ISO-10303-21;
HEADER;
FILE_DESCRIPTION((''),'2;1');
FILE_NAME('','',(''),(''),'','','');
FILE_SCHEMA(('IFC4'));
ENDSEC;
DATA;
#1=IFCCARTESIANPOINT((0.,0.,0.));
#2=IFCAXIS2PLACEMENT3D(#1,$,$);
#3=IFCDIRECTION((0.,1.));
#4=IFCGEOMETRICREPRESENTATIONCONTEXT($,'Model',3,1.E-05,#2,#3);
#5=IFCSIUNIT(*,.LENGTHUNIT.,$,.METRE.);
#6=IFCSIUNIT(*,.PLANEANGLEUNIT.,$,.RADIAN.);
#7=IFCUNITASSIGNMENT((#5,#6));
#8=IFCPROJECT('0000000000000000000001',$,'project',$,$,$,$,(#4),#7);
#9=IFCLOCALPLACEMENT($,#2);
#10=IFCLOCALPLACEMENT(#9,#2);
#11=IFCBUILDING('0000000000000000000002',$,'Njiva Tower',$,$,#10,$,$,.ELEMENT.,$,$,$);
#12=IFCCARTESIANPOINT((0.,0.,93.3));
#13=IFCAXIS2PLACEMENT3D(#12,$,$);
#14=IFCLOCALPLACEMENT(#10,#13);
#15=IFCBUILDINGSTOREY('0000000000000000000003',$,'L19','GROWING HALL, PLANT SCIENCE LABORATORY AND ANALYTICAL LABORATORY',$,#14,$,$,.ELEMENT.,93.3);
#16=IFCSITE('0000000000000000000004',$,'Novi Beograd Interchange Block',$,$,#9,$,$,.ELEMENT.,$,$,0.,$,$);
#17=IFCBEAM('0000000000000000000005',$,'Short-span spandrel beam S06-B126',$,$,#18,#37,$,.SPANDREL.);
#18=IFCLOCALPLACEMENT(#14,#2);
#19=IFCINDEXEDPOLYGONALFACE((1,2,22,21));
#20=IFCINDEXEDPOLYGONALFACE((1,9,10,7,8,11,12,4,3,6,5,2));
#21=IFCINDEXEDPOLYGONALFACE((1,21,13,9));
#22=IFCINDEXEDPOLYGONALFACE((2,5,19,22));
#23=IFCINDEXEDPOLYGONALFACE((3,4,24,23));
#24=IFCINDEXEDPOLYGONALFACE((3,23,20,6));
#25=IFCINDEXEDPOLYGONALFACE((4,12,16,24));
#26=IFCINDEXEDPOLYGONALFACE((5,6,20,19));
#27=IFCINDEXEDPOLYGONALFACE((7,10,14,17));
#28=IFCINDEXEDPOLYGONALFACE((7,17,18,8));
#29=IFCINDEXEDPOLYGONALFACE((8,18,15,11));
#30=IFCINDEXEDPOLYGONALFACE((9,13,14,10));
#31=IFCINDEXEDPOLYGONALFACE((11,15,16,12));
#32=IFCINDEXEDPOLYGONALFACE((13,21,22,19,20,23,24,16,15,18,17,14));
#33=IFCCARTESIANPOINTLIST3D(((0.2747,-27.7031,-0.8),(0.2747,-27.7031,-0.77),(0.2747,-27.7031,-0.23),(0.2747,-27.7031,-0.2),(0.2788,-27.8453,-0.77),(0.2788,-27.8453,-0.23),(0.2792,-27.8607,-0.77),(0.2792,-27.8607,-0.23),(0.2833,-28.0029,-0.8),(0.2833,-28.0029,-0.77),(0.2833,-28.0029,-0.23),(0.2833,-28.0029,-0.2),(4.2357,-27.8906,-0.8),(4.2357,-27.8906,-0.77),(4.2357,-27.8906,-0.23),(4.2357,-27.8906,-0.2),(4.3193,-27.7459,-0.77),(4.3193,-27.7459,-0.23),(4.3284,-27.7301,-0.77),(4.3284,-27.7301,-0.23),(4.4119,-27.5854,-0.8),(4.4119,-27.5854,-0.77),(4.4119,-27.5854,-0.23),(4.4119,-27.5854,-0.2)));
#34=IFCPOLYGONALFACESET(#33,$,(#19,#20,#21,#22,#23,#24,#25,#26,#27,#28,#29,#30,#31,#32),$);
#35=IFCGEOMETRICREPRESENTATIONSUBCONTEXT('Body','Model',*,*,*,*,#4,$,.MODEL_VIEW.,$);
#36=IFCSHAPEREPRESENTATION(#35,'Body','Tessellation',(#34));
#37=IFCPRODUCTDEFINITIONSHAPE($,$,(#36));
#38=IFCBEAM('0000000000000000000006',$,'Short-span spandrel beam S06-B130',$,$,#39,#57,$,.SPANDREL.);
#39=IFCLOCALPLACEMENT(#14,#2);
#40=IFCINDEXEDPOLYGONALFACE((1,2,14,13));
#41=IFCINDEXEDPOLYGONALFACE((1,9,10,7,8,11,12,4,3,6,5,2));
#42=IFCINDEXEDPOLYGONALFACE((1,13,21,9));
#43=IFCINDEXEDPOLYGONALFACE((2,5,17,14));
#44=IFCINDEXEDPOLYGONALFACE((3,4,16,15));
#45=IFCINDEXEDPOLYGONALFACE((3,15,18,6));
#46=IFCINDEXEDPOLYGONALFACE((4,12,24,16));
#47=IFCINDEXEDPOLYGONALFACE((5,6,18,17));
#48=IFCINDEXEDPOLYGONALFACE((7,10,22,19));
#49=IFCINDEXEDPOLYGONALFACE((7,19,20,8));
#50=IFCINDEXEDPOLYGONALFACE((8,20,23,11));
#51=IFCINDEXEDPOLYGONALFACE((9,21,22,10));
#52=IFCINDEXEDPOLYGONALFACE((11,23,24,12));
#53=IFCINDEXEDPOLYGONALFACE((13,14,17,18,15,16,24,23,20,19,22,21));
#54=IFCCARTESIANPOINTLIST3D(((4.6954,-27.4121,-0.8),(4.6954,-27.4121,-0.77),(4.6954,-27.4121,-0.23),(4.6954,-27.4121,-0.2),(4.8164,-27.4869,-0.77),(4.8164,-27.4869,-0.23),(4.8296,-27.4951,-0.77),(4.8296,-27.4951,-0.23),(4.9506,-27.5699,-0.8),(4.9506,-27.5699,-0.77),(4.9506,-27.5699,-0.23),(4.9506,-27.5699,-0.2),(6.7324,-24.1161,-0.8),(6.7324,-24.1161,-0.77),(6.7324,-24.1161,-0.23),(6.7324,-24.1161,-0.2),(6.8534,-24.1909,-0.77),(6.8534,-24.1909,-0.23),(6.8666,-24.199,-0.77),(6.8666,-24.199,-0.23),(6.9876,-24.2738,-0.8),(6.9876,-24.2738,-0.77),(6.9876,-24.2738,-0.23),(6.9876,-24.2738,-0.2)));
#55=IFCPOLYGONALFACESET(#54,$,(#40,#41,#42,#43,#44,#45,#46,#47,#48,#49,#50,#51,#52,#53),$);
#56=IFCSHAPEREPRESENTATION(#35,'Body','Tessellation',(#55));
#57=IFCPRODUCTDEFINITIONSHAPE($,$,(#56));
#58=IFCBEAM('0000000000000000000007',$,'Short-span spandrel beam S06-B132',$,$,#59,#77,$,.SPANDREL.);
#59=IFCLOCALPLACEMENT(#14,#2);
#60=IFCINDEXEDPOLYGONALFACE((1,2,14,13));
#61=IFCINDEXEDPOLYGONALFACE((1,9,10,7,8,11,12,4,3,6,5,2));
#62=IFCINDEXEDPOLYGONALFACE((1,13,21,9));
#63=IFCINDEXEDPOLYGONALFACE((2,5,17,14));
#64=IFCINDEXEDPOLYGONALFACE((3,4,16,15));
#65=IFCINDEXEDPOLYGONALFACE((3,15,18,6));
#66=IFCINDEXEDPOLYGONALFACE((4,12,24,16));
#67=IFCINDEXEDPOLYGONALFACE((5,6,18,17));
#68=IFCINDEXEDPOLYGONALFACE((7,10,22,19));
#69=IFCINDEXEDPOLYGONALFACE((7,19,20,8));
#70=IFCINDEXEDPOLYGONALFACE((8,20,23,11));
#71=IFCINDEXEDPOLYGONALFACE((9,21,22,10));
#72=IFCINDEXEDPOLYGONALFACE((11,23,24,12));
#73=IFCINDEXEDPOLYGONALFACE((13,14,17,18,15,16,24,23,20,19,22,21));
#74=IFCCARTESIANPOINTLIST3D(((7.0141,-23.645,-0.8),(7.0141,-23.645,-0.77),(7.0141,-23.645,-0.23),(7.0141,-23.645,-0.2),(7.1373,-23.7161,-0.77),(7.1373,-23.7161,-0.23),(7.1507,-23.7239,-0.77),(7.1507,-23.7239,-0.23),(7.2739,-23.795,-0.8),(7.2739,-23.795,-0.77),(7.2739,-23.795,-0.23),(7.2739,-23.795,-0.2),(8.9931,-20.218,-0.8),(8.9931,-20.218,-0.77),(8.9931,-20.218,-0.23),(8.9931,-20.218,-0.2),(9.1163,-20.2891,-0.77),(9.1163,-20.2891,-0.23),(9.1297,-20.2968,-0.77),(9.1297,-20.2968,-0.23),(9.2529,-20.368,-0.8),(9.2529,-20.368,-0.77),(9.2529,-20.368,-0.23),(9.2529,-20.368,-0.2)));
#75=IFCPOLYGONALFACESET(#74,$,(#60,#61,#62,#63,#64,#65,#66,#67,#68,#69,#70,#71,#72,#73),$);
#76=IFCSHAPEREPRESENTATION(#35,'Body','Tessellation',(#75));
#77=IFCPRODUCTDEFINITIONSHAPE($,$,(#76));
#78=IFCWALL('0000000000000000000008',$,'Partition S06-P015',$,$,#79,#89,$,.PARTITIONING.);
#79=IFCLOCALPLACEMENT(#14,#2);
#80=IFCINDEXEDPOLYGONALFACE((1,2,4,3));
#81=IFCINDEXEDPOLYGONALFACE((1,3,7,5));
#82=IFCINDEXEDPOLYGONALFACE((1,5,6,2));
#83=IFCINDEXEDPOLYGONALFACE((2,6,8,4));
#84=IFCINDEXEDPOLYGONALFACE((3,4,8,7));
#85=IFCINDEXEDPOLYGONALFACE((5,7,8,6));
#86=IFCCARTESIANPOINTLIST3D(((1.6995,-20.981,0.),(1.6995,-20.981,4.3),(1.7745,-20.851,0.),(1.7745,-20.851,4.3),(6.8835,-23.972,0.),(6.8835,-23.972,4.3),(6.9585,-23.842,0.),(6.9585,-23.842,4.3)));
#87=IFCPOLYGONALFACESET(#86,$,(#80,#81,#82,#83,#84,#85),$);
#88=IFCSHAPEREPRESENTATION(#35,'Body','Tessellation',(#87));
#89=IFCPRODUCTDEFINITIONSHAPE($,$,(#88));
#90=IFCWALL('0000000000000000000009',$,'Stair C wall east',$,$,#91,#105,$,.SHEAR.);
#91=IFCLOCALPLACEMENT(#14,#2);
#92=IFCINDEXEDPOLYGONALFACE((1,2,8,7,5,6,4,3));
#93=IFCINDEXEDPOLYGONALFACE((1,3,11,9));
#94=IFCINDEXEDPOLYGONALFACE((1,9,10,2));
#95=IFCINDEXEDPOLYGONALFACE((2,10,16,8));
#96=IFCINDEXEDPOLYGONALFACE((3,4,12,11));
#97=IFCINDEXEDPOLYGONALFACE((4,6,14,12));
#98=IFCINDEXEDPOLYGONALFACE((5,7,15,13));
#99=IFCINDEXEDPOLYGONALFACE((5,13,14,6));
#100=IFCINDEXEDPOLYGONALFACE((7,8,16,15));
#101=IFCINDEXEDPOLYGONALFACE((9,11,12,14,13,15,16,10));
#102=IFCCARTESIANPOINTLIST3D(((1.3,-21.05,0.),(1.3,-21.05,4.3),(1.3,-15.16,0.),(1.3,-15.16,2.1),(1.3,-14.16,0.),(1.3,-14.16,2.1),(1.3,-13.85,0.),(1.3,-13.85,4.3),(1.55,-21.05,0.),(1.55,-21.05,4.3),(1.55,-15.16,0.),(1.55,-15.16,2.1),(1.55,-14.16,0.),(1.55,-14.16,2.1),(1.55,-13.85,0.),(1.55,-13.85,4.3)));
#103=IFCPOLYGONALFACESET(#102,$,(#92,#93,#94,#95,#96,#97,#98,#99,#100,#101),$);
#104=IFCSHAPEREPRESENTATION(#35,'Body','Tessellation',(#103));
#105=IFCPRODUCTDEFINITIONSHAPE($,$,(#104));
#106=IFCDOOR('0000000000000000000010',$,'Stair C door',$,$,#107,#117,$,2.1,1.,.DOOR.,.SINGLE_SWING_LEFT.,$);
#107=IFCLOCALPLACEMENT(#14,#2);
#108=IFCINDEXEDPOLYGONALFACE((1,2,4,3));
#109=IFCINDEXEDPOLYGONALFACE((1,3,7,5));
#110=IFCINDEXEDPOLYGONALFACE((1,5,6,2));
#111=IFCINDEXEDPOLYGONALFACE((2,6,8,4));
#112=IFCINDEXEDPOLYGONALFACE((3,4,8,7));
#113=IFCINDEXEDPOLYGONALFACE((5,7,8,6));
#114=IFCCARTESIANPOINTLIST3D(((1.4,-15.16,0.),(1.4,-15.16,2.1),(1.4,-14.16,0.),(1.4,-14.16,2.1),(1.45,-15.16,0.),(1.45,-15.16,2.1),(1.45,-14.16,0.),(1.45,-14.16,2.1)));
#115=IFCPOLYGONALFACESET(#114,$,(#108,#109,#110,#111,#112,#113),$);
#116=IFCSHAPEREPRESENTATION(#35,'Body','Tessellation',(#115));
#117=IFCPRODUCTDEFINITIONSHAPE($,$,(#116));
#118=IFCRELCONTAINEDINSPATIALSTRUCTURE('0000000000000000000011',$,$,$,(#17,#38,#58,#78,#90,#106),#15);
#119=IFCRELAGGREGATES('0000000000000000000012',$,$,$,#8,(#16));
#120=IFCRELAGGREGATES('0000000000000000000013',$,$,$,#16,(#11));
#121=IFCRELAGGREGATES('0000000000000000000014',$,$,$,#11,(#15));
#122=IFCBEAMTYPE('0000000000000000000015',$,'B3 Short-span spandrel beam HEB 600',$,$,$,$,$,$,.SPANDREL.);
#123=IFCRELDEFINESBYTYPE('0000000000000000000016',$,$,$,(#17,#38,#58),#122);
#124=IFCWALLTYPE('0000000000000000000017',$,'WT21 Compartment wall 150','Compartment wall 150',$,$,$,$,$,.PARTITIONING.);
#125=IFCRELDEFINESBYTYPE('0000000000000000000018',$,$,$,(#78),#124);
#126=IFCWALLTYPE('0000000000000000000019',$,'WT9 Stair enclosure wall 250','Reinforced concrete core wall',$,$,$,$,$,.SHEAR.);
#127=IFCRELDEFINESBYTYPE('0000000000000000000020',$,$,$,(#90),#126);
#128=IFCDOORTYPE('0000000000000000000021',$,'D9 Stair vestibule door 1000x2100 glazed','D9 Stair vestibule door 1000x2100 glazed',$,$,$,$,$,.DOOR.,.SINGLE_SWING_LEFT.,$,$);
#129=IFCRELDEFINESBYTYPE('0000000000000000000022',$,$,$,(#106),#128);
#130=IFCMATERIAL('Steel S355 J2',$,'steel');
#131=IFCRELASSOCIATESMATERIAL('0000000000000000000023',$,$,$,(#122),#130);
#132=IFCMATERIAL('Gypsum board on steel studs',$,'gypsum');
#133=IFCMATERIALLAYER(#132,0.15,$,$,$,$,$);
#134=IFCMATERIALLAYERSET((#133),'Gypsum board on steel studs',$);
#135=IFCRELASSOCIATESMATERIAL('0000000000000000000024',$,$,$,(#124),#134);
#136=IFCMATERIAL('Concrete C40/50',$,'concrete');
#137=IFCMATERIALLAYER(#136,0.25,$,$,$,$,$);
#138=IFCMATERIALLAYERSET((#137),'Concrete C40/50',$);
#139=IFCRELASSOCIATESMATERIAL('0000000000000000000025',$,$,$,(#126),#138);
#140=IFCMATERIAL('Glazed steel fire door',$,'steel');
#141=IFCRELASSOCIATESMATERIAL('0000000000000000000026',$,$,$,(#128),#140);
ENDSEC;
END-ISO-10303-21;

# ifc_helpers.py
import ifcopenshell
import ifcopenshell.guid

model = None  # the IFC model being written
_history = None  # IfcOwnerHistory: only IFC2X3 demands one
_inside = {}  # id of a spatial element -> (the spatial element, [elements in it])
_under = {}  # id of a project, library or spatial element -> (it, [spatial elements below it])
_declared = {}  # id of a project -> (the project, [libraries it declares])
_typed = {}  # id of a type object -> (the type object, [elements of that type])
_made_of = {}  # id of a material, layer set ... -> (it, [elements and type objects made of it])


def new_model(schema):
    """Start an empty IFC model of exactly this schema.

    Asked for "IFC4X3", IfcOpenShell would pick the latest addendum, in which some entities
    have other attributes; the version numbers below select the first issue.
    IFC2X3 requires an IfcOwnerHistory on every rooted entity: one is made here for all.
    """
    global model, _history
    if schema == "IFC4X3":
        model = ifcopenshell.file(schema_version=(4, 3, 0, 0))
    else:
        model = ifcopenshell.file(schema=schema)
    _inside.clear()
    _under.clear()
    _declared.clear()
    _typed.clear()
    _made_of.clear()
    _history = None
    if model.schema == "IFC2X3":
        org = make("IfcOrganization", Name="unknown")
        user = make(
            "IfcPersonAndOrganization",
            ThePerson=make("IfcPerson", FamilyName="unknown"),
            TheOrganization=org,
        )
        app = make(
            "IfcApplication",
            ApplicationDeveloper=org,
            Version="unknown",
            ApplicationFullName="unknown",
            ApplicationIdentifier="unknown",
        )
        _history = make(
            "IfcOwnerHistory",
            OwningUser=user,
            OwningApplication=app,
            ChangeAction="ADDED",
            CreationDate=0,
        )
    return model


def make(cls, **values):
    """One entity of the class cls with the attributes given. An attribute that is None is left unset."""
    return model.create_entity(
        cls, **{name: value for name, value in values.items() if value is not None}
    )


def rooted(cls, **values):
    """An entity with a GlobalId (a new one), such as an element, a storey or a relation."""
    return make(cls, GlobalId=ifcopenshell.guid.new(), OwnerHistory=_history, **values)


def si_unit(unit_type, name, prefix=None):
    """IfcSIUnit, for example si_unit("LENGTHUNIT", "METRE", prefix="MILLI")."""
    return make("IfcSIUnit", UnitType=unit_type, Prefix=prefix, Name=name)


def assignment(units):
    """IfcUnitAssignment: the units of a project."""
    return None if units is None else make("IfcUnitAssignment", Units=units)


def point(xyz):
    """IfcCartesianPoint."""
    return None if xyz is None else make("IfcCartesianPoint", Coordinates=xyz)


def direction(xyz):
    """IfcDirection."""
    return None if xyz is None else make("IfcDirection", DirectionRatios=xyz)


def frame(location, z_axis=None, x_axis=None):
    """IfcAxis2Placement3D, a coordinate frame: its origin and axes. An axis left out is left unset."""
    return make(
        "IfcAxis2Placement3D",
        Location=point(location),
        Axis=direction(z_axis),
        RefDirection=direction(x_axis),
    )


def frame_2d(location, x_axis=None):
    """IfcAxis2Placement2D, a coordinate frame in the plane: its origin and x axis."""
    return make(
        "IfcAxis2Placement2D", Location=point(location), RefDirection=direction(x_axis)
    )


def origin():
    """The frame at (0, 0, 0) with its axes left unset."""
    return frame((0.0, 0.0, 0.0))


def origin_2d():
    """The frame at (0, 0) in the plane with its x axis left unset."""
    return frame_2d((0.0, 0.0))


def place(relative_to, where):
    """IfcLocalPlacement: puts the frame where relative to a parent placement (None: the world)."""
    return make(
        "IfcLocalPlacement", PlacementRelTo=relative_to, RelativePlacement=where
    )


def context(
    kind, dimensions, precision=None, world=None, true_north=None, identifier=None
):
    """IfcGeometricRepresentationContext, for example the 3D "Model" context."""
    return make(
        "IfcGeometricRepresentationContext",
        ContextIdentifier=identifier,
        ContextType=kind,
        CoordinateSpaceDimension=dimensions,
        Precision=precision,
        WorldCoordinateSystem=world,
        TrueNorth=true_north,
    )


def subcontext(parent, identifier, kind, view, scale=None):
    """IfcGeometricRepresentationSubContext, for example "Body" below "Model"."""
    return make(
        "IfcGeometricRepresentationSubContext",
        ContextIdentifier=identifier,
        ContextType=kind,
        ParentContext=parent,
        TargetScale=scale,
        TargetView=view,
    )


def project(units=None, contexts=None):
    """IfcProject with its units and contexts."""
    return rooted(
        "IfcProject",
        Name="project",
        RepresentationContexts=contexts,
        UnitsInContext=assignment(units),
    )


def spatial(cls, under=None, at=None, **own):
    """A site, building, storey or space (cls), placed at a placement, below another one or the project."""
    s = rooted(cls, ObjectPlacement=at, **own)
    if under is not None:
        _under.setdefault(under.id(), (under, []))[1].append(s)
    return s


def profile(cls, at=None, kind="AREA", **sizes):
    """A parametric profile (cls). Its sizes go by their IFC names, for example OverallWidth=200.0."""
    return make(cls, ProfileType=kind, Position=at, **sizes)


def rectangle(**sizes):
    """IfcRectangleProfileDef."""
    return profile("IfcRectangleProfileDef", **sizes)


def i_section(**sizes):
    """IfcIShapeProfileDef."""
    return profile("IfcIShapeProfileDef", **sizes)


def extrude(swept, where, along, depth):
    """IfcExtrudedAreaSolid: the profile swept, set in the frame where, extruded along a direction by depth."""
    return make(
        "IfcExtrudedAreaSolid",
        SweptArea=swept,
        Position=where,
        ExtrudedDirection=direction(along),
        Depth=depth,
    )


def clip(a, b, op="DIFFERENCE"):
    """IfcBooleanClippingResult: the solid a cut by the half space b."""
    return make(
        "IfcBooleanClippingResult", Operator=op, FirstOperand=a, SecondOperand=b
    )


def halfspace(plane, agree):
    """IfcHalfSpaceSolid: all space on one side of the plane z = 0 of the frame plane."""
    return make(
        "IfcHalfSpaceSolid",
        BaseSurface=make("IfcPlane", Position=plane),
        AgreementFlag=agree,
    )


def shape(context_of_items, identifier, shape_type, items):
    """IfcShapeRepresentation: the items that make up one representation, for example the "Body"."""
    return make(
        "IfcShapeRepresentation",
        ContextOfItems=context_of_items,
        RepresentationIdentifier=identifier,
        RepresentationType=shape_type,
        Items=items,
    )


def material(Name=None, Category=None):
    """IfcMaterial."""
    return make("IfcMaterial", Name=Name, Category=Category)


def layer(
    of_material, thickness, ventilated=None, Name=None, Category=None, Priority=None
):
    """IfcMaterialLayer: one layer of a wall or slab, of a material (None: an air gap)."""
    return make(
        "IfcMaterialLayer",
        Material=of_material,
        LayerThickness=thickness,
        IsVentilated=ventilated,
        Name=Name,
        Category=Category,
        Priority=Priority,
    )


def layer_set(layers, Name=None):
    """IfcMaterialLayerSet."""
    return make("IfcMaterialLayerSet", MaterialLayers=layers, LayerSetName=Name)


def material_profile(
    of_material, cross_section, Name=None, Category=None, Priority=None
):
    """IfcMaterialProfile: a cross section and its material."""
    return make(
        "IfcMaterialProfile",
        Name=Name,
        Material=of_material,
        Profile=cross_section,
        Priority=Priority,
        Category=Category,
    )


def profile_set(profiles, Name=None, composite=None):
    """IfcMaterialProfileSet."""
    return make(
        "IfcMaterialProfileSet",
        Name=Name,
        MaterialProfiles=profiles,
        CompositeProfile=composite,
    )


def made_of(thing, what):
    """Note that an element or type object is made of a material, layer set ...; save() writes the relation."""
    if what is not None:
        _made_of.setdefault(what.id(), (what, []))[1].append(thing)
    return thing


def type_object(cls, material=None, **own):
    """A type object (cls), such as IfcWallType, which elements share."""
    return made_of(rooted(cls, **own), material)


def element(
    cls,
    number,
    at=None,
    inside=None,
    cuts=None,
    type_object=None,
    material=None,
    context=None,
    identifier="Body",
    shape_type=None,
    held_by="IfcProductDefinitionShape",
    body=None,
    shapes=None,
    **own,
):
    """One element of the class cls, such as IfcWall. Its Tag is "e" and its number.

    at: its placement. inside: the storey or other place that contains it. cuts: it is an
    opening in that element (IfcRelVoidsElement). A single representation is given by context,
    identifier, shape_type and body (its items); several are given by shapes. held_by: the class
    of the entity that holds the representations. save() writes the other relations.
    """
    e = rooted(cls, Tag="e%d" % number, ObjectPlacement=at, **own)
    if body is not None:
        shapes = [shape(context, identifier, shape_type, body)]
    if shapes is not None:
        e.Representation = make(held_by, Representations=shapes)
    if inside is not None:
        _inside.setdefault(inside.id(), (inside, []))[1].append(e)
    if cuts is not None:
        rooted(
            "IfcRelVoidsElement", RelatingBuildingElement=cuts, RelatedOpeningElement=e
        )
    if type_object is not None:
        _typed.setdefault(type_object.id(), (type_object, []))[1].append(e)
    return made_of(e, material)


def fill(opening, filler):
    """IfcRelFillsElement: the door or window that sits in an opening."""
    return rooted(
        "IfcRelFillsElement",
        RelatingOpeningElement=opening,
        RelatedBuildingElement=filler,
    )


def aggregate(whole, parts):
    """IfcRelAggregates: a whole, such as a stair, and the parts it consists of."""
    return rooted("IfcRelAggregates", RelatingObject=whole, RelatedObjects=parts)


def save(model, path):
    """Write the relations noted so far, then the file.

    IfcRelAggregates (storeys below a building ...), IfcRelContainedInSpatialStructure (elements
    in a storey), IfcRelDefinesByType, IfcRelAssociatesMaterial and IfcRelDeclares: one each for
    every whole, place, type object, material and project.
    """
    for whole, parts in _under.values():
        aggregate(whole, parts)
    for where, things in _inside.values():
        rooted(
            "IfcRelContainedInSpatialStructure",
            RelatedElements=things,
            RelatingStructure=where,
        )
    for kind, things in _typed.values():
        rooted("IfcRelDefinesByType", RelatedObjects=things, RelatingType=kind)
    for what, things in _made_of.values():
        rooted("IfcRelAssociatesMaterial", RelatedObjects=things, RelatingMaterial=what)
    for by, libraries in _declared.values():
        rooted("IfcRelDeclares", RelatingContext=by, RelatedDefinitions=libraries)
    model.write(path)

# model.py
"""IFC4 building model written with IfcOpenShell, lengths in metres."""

from ifc_helpers import new_model, si_unit, direction, frame, frame_2d, origin, origin_2d, place, context, subcontext, project, spatial, rectangle, i_section, extrude, clip, halfspace, material, layer, layer_set, material_profile, profile_set, type_object, element, fill, save


model = new_model("IFC4")

# Units and contexts
model_context = context("Model", 3, precision=1e-05, world=origin(), true_north=direction((0.0, 1.0)))
body_context = subcontext(model_context, "Body", "Model", "MODEL_VIEW")
ifc_project = project(units=[si_unit("LENGTHUNIT", "METRE"), si_unit("PLANEANGLEUNIT", "RADIAN")], contexts=[model_context])

# Site, building, storey
site_placement = place(None, origin())
site = spatial("IfcSite", under=ifc_project, at=site_placement, Name="Novi Beograd Interchange Block", CompositionType="ELEMENT", RefElevation=0.0)
building_placement = place(site_placement, origin())
building = spatial("IfcBuilding", under=site, at=building_placement, Name="Njiva Tower", CompositionType="ELEMENT")
storey_placement = place(building_placement, frame((0.0, 0.0, 93.3)))
storey = spatial("IfcBuildingStorey", under=building, at=storey_placement, Name="L19", Description="GROWING HALL, PLANT SCIENCE LABORATORY AND ANALYTICAL LABORATORY", CompositionType="ELEMENT", Elevation=93.3)

# Shared definitions
ifc_material_1 = material(Name="Steel S355 J2", Category="steel")

# Beams
ifc_material_profile_1 = material_profile(ifc_material_1, i_section(OverallWidth=0.3, OverallDepth=0.6, WebThickness=0.0155, FlangeThickness=0.03, at=origin_2d()), Name="HEB 600")
ifc_profile_set_1 = profile_set([ifc_material_profile_1], Name="Steel S355 J2")
beam_type_1 = type_object("IfcBeamType", Name="B3 Short-span spandrel beam HEB 600", PredefinedType="SPANDREL", material=ifc_profile_set_1)
beam_1_placement = place(storey_placement, frame((0.279, -27.853, -0.5), z_axis=(0.999596, 0.028419, 0.0), x_axis=(-0.028419, 0.999596, 0.0)))
element("IfcBeam", 1, at=beam_1_placement, inside=storey, type_object=beam_type_1, Name="Short-span spandrel beam S06-B126", PredefinedType="SPANDREL", context=body_context, shape_type="Clipping", body=[
    clip(extrude(i_section(OverallWidth=0.3, OverallDepth=0.6, WebThickness=0.0155, FlangeThickness=0.03, at=origin_2d()), origin(), (0.0, 0.0, 1.0), 4.1586), halfspace(frame((-0.0262, 0.0, 4.0303), z_axis=(-0.524407, 0.0, 0.851467), x_axis=(0.0, 1.0, 0.0)), False)),
])
beam_2_placement = place(storey_placement, frame((4.823, -27.491, -0.5), z_axis=(0.525724, 0.850655, 0.0), x_axis=(-0.850655, 0.525724, 0.0)))
element("IfcBeam", 2, at=beam_2_placement, inside=storey, type_object=beam_type_1, Name="Short-span spandrel beam S06-B130", PredefinedType="SPANDREL", context=body_context, shape_type="SweptSolid", body=[
    extrude(i_section(OverallWidth=0.3, OverallDepth=0.6, WebThickness=0.0155, FlangeThickness=0.03, at=origin_2d()), origin(), (0.0, 0.0, 1.0), 3.8747),
])
beam_3_placement = place(storey_placement, frame((7.144, -23.72, -0.5), z_axis=(0.50008, 0.865979, 0.0), x_axis=(-0.865979, 0.50008, 0.0)))
element("IfcBeam", 3, at=beam_3_placement, inside=storey, type_object=beam_type_1, Name="Short-span spandrel beam S06-B132", PredefinedType="SPANDREL", context=body_context, shape_type="SweptSolid", body=[
    extrude(i_section(OverallWidth=0.3, OverallDepth=0.6, WebThickness=0.0155, FlangeThickness=0.03, at=origin_2d()), origin(), (0.0, 0.0, 1.0), 3.9574),
])

# Wall
ifc_material_2 = material(Name="Gypsum board on steel studs", Category="gypsum")
ifc_layer_1 = layer(ifc_material_2, 0.15)
ifc_layer_set_1 = layer_set([ifc_layer_1], Name="Gypsum board on steel studs")
wall_type_1 = type_object("IfcWallType", Name="WT21 Compartment wall 150", Description="Compartment wall 150", PredefinedType="PARTITIONING", material=ifc_layer_set_1)
wall_1_placement = place(storey_placement, frame((1.737, -20.916, 0.0), z_axis=(0.0, 0.0, 1.0), x_axis=(0.866169, -0.499751, 0.0)))
element("IfcWall", 4, at=wall_1_placement, inside=storey, type_object=wall_type_1, Name="Partition S06-P015", PredefinedType="PARTITIONING", context=body_context, shape_type="SweptSolid", body=[
    extrude(rectangle(XDim=5.985, YDim=0.15, at=frame_2d((2.9925, 0.0))), origin(), (0.0, 0.0, 1.0), 4.3),
])

# Wall, opening, door
ifc_material_3 = material(Name="Concrete C40/50", Category="concrete")
ifc_layer_2 = layer(ifc_material_3, 0.25)
ifc_layer_set_2 = layer_set([ifc_layer_2], Name="Concrete C40/50")
wall_type_2 = type_object("IfcWallType", Name="WT9 Stair enclosure wall 250", Description="Reinforced concrete core wall", PredefinedType="SHEAR", material=ifc_layer_set_2)
wall_2_placement = place(storey_placement, frame((1.425, -21.05, 0.0), z_axis=(0.0, 0.0, 1.0), x_axis=(0.0, 1.0, 0.0)))
wall_2 = element("IfcWall", 5, at=wall_2_placement, inside=storey, type_object=wall_type_2, Name="Stair C wall east", PredefinedType="SHEAR", context=body_context, shape_type="SweptSolid", body=[
    extrude(rectangle(XDim=7.2, YDim=0.25, at=frame_2d((3.6, 0.0))), origin(), (0.0, 0.0, 1.0), 4.3),
])
opening_1_placement = place(wall_2_placement, frame((5.89, 0.0, 0.0)))
opening_1 = element("IfcOpeningElement", 6, at=opening_1_placement, cuts=wall_2, PredefinedType="OPENING", context=body_context, shape_type="SweptSolid", body=[
    extrude(rectangle(XDim=1.0, YDim=2.1, at=frame_2d((0.5, 1.05))), frame((0.0, 0.135, 0.0), z_axis=(0.0, -1.0, 0.0), x_axis=(1.0, 0.0, 0.0)), (0.0, 0.0, 1.0), 0.27),
])
ifc_material_4 = material(Name="Glazed steel fire door", Category="steel")
door_type = type_object("IfcDoorType", Name="D9 Stair vestibule door 1000x2100 glazed", Description="D9 Stair vestibule door 1000x2100 glazed", OperationType="SINGLE_SWING_LEFT", PredefinedType="DOOR", material=ifc_material_4)
door_placement = place(opening_1_placement, origin())
door = element("IfcDoor", 7, at=door_placement, inside=storey, type_object=door_type, Name="Stair C door", OperationType="SINGLE_SWING_LEFT", OverallHeight=2.1, OverallWidth=1.0, PredefinedType="DOOR", context=body_context, shape_type="SweptSolid", body=[
    extrude(rectangle(XDim=1.0, YDim=2.1, at=frame_2d((0.5, 1.05))), frame((0.0, 0.025, 0.0), z_axis=(0.0, -1.0, 0.0), x_axis=(1.0, 0.0, 0.0)), (0.0, 0.0, 1.0), 0.05),
])
fill(opening_1, door)

save(model, "model.ifc")
